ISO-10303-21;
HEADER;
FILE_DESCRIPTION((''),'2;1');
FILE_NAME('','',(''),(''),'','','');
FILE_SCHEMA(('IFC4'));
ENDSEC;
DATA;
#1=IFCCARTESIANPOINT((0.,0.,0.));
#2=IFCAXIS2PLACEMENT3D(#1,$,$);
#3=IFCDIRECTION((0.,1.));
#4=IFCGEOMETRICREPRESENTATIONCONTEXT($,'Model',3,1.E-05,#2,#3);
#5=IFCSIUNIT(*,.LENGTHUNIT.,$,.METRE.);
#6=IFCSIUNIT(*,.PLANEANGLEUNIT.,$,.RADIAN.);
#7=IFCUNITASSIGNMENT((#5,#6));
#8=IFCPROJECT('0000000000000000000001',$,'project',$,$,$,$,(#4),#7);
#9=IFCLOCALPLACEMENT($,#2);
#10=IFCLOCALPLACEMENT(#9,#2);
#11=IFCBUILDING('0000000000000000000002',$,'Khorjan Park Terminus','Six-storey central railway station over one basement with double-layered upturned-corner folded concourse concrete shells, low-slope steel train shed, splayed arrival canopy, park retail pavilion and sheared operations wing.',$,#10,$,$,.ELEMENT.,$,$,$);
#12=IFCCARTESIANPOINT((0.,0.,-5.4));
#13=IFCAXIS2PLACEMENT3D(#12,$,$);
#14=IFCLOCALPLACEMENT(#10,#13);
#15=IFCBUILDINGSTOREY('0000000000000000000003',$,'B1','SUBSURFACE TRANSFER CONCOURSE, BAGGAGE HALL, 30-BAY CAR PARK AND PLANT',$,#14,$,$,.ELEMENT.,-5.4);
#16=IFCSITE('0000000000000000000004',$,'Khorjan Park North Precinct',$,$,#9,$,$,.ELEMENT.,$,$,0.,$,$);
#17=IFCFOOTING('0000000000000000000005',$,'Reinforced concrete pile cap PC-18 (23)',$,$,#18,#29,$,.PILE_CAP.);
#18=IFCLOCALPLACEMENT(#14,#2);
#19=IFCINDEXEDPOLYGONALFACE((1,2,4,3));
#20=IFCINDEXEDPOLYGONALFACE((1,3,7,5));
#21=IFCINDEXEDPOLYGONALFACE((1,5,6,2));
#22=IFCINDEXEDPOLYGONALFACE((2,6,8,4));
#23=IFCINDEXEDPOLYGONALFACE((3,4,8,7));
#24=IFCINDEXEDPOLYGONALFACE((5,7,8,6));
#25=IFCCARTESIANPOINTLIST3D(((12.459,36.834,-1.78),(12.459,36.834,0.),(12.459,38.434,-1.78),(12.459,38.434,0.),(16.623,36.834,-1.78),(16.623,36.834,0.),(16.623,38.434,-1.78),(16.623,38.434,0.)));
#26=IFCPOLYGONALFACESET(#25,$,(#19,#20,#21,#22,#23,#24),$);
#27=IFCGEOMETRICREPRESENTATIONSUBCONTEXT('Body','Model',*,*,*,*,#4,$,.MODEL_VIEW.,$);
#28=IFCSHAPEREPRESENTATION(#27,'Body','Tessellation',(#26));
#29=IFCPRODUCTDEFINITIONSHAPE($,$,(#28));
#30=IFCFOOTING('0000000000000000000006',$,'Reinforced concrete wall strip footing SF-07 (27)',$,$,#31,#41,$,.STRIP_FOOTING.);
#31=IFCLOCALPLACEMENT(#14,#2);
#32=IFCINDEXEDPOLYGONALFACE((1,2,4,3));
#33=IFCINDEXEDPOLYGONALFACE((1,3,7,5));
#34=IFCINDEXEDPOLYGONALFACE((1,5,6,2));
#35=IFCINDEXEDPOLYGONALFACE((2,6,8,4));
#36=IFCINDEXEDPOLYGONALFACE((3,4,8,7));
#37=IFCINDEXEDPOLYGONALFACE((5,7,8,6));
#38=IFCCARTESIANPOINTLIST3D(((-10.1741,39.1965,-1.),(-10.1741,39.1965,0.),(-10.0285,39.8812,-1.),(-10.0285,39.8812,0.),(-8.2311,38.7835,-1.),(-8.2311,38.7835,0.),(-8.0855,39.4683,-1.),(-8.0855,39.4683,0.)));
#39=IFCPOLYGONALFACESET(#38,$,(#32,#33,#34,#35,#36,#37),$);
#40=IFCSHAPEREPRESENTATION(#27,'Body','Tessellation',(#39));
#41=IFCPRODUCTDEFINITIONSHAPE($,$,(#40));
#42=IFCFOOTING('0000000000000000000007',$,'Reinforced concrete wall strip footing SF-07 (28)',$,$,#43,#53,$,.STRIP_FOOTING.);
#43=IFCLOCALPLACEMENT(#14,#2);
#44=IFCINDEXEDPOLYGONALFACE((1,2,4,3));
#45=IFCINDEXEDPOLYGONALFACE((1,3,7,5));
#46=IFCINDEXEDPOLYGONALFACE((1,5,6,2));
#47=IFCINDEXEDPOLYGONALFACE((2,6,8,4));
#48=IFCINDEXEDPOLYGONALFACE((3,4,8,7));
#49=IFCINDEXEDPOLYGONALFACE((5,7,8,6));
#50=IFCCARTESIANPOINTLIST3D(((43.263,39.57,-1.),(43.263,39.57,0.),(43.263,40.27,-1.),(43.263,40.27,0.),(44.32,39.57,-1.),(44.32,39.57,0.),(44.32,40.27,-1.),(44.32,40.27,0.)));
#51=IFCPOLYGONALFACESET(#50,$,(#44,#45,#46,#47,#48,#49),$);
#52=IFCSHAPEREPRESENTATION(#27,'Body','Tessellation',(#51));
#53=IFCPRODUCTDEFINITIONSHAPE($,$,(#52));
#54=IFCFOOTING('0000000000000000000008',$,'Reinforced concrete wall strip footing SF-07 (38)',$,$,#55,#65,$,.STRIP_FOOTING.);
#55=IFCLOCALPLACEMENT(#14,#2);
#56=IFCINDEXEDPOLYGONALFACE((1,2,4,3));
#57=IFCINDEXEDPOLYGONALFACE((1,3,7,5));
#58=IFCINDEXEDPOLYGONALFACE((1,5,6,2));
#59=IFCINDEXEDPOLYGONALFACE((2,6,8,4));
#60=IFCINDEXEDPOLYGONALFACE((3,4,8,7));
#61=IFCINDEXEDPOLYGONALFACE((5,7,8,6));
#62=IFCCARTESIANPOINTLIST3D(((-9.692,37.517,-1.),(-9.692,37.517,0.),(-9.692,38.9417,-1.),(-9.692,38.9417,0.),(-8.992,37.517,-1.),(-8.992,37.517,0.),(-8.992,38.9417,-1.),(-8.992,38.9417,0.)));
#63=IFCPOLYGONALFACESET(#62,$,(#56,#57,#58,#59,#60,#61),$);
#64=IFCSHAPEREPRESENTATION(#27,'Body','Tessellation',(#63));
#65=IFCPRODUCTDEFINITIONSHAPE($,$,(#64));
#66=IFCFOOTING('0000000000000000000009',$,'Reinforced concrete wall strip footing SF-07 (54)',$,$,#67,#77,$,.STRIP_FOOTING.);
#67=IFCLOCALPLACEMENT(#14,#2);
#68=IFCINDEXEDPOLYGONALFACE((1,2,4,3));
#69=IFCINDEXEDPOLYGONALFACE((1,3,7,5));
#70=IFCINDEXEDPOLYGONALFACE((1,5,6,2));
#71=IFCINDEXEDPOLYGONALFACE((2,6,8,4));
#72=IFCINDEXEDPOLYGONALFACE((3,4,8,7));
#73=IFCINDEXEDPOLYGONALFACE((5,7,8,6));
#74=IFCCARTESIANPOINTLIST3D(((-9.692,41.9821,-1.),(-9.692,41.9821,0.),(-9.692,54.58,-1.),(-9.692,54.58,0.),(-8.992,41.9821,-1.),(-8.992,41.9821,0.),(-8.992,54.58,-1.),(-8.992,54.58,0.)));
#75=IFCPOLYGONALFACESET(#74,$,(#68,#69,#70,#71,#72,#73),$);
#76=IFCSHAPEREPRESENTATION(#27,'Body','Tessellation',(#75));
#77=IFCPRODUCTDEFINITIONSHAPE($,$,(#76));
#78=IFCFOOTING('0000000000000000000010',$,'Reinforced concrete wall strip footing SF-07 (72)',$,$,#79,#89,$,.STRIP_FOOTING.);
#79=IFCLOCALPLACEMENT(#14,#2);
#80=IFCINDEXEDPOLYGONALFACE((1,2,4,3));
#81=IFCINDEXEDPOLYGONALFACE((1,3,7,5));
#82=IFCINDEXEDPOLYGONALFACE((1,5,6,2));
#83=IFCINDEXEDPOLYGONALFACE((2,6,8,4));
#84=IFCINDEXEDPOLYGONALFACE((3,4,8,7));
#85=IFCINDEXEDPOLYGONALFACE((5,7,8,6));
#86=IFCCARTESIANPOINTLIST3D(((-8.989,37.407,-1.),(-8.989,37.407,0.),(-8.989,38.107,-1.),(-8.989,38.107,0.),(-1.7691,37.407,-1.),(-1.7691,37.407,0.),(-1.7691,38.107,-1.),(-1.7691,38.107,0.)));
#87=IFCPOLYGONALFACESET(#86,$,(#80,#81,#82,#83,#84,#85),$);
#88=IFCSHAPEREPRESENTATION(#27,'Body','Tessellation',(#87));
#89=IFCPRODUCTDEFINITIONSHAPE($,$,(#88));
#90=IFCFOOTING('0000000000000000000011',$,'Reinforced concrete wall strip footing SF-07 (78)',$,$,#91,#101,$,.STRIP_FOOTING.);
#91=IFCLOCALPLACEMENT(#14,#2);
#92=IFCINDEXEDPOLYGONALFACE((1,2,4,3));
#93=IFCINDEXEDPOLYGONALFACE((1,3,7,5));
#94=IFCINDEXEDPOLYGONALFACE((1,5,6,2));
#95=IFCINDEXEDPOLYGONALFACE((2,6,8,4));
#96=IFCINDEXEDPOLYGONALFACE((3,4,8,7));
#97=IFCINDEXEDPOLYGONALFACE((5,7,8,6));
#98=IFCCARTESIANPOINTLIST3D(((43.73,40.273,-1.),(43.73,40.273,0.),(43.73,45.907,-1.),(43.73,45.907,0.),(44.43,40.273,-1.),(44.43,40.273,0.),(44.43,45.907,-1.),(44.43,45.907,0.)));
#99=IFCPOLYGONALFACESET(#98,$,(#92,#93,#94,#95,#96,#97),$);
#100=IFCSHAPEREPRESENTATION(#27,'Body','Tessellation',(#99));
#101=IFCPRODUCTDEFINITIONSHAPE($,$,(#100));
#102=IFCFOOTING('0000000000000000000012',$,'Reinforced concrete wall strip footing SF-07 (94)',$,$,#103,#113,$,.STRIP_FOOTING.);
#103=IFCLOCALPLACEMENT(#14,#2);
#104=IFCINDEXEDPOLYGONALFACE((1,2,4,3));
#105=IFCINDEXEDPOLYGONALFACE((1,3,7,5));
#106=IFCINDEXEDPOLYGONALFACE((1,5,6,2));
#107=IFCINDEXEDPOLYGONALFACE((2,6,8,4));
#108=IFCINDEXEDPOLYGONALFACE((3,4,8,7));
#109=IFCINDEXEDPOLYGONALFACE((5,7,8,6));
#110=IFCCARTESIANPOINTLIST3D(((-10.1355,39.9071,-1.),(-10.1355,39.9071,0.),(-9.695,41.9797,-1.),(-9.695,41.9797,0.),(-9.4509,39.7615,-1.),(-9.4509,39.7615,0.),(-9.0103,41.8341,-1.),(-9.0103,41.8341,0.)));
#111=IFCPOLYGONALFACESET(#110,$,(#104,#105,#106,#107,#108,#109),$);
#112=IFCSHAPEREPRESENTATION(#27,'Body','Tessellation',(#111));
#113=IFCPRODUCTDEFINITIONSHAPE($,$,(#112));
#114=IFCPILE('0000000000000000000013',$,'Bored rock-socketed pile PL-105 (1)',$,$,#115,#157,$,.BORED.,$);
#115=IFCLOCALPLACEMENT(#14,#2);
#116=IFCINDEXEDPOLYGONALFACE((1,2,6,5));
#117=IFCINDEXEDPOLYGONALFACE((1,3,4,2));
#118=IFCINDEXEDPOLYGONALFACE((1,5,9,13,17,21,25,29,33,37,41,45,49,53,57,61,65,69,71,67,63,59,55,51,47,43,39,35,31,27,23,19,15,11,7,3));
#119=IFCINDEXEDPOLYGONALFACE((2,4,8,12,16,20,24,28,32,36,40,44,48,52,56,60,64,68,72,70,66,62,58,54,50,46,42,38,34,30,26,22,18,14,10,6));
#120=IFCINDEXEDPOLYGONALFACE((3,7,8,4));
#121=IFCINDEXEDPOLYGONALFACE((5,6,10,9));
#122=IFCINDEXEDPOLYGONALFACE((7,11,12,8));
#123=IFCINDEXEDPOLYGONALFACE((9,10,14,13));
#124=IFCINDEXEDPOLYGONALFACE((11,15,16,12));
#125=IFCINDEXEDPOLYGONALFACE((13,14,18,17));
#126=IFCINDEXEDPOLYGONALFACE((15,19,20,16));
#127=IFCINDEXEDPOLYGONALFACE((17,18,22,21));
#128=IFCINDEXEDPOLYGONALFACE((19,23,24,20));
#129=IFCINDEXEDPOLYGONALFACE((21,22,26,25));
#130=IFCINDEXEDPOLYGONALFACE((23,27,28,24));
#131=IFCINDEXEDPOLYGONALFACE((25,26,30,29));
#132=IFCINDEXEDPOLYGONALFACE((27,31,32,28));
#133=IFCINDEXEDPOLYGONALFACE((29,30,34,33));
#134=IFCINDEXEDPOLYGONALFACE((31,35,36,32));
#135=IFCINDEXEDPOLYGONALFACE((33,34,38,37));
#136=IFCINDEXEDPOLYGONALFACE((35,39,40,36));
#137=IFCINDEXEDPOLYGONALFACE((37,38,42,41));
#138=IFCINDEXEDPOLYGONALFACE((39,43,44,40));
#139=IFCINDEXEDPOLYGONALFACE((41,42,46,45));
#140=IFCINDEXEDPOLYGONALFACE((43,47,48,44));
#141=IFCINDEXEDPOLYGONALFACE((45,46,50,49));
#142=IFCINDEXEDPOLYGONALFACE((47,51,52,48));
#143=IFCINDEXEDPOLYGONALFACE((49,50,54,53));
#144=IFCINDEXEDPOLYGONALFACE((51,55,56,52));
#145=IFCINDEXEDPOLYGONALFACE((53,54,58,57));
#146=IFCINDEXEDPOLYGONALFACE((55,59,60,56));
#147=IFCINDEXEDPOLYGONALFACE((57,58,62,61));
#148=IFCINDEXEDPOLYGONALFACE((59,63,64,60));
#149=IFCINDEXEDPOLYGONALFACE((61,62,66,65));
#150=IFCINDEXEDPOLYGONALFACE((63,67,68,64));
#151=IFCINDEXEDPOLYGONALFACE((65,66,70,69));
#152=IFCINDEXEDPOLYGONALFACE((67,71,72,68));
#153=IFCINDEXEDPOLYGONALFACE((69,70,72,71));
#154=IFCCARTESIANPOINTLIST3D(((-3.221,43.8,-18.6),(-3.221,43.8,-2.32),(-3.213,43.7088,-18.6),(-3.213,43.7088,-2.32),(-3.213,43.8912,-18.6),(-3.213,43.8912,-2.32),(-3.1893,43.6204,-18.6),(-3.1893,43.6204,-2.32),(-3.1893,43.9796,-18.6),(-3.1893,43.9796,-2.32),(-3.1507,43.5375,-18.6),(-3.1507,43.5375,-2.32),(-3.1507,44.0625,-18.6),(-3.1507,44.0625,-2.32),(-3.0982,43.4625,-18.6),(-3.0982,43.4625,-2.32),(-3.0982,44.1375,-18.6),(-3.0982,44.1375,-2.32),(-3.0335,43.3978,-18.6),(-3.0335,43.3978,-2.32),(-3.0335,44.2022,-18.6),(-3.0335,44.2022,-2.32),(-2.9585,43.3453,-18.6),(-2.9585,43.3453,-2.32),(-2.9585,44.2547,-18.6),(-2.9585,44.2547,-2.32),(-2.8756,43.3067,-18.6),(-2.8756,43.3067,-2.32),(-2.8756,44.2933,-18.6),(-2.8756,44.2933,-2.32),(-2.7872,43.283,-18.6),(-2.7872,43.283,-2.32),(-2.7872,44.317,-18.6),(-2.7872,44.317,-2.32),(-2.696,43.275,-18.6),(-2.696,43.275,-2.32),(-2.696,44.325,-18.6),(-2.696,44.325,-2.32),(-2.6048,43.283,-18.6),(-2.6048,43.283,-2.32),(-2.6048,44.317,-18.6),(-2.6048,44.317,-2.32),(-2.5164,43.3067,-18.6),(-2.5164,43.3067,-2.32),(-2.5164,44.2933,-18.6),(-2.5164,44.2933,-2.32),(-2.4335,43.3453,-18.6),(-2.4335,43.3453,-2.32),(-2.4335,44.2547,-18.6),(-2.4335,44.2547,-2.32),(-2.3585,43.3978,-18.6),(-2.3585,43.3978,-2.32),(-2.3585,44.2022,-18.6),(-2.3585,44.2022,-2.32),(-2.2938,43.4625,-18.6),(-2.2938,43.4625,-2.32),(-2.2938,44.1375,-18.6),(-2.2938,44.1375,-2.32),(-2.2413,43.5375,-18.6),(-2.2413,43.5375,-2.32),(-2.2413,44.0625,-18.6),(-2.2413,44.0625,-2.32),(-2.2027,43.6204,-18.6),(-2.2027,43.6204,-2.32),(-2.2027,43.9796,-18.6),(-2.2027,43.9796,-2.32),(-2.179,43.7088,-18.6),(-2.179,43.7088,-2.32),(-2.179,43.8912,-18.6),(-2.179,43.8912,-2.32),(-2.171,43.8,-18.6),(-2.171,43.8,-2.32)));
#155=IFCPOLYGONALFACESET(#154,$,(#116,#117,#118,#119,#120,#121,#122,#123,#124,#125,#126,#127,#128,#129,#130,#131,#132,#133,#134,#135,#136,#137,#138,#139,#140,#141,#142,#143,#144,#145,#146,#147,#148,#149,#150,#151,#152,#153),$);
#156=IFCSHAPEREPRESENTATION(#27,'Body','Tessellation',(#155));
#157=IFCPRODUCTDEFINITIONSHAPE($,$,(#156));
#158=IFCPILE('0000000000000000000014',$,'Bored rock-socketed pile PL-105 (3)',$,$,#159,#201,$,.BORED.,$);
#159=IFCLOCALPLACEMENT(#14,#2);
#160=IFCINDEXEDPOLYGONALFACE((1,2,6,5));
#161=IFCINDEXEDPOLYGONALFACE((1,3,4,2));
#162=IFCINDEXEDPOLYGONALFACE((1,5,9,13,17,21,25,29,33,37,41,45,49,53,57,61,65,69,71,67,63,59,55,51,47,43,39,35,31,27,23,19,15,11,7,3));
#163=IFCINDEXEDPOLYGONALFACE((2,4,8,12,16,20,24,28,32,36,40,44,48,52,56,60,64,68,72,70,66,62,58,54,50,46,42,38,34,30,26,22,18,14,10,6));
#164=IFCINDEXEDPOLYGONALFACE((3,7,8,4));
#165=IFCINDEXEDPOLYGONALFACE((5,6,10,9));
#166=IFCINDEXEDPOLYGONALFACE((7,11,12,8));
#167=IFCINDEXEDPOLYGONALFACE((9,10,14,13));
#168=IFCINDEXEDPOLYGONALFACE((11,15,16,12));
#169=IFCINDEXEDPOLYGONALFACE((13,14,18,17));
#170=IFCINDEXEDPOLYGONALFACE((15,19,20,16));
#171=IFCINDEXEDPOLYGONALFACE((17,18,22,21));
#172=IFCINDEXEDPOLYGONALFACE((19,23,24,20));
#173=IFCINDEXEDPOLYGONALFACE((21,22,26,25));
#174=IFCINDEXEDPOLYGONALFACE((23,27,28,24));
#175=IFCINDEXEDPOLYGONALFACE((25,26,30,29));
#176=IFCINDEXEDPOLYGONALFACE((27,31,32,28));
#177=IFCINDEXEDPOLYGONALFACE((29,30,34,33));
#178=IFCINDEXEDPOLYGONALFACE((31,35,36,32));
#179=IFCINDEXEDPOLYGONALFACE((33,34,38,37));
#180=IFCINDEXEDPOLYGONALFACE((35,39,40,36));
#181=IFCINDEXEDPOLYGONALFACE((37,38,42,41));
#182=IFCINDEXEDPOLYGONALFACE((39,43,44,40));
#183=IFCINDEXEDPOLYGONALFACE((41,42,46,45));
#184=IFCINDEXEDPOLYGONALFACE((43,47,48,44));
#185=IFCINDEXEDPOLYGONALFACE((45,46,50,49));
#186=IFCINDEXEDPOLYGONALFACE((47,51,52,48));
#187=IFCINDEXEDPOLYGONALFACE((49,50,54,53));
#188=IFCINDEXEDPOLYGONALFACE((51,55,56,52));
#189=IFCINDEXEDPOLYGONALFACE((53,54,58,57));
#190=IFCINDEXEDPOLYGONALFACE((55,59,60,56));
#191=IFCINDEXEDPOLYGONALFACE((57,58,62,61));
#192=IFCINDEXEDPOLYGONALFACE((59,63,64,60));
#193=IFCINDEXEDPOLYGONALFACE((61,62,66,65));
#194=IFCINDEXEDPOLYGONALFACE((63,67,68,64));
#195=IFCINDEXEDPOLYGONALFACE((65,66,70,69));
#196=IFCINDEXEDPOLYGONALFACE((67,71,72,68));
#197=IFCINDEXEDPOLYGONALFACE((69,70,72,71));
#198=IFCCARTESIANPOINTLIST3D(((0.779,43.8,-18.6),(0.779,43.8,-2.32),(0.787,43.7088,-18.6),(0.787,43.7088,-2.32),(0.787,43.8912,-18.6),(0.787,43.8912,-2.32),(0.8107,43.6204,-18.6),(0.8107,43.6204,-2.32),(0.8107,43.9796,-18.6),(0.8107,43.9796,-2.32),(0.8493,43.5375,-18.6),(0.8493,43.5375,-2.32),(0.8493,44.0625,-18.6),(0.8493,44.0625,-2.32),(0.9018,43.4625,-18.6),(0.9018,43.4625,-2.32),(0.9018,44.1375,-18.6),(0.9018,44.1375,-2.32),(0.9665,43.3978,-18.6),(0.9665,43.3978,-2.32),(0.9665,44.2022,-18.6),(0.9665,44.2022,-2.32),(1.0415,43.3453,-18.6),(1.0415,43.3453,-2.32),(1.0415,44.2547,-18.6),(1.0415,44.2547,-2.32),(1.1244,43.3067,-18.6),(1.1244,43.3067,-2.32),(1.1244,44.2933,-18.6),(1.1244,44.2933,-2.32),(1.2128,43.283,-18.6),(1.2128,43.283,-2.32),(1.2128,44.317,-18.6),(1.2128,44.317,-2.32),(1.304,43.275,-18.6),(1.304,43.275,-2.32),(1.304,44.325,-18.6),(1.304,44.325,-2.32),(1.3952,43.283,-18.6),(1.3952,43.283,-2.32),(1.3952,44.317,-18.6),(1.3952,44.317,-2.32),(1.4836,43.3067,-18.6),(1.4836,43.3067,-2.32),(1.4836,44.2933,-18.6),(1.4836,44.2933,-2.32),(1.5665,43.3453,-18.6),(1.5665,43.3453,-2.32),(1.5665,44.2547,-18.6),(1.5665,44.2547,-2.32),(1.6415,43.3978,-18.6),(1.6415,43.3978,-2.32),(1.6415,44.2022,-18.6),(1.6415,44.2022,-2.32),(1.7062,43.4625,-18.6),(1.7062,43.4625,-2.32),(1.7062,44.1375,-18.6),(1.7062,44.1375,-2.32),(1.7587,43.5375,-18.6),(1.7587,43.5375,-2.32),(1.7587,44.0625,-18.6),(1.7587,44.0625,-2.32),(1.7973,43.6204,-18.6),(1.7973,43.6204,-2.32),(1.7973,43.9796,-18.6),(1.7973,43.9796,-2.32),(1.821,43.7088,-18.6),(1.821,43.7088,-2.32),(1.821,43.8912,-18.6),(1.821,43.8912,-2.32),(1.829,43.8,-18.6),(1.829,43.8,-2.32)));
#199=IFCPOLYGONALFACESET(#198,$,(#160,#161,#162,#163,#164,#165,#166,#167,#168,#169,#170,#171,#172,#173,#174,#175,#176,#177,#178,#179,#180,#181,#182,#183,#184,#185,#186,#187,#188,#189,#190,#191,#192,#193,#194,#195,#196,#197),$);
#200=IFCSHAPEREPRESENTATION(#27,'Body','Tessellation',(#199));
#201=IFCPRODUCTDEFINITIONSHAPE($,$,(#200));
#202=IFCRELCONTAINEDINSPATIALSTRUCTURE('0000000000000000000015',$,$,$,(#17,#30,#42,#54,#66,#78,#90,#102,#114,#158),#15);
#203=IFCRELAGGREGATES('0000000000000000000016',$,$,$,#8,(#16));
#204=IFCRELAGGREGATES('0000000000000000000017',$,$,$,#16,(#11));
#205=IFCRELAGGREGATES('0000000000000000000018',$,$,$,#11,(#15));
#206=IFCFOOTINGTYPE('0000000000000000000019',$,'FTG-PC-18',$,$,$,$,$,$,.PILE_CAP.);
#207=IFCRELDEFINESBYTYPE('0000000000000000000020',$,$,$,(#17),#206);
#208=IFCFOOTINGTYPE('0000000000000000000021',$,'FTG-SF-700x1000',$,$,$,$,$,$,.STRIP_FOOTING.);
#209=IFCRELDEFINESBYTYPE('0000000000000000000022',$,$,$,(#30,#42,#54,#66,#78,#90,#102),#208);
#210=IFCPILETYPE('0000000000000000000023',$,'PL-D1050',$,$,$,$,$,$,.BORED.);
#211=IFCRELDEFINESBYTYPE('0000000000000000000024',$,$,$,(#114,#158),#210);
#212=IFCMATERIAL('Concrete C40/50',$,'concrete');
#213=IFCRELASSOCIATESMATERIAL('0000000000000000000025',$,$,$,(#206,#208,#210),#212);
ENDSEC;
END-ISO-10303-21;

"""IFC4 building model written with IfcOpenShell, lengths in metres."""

from ifc_helpers import new_model, si_unit, direction, frame, origin, origin_2d, place, context, subcontext, project, spatial, rectangle, circle, extrude, material, material_profile, profile_set, type_object, element, save


model = new_model("IFC4")

# Units and contexts
model_context = context("Model", 3, precision=1e-05, world=origin(), true_north=direction((0.0, 1.0)))
body_context = subcontext(model_context, "Body", "Model", "MODEL_VIEW")
ifc_project = project(units=[si_unit("LENGTHUNIT", "METRE"), si_unit("PLANEANGLEUNIT", "RADIAN")], contexts=[model_context])

# Site, building, storey
site_placement = place(None, origin())
site = spatial("IfcSite", under=ifc_project, at=site_placement, Name="Khorjan Park North Precinct", CompositionType="ELEMENT", RefElevation=0.0)
building_placement = place(site_placement, origin())
building = spatial("IfcBuilding", under=site, at=building_placement, Name="Khorjan Park Terminus", Description="Six-storey central railway station over one basement with double-layered upturned-corner folded concourse concrete shells, low-slope steel train shed, splayed arrival canopy, park retail pavilion and sheared operations wing.", CompositionType="ELEMENT")
storey_placement = place(building_placement, frame((0.0, 0.0, -5.4)))
storey = spatial("IfcBuildingStorey", under=building, at=storey_placement, Name="B1", Description="SUBSURFACE TRANSFER CONCOURSE, BAGGAGE HALL, 30-BAY CAR PARK AND PLANT", CompositionType="ELEMENT", Elevation=-5.4)

# Footings
ifc_material_1 = material(Name="Concrete C40/50", Category="concrete")
footing_type_1 = type_object("IfcFootingType", Name="FTG-PC-18", PredefinedType="PILE_CAP", material=ifc_material_1)
footing_1_placement = place(storey_placement, frame((14.541, 37.634, -1.78), z_axis=(0.0, 0.0, 1.0), x_axis=(1.0, 0.0, 0.0)))
element("IfcFooting", 1, at=footing_1_placement, inside=storey, type_object=footing_type_1, Name="Reinforced concrete pile cap PC-18 (23)", PredefinedType="PILE_CAP", context=body_context, shape_type="SweptSolid", body=[
    extrude(rectangle(XDim=4.164, YDim=1.6, at=origin_2d()), origin(), (0.0, 0.0, 1.0), 1.78),
])
ifc_material_profile_1 = material_profile(ifc_material_1, rectangle(XDim=0.7, YDim=1.0, at=origin_2d()), Name="RC 700x1000")
ifc_profile_set_1 = profile_set([ifc_material_profile_1], Name="Concrete C40/50")
footing_type_2 = type_object("IfcFootingType", Name="FTG-SF-700x1000", PredefinedType="STRIP_FOOTING", material=ifc_profile_set_1)
footing_2_placement = place(storey_placement, frame((-8.1583, 39.1259, -0.5), z_axis=(-0.978147, 0.207913, 0.0), x_axis=(-0.207913, -0.978147, 0.0)))
element("IfcFooting", 2, at=footing_2_placement, inside=storey, type_object=footing_type_2, Name="Reinforced concrete wall strip footing SF-07 (27)", PredefinedType="STRIP_FOOTING", context=body_context, shape_type="SweptSolid", body=[
    extrude(rectangle(XDim=0.7, YDim=1.0, at=origin_2d()), origin(), (0.0, 0.0, 1.0), 1.9864),
])
footing_3_placement = place(storey_placement, frame((43.263, 39.92, -0.5), z_axis=(1.0, 0.0, 0.0), x_axis=(0.0, 1.0, 0.0)))
element("IfcFooting", 3, at=footing_3_placement, inside=storey, type_object=footing_type_2, Name="Reinforced concrete wall strip footing SF-07 (28)", PredefinedType="STRIP_FOOTING", context=body_context, shape_type="SweptSolid", body=[
    extrude(rectangle(XDim=0.7, YDim=1.0, at=origin_2d()), origin(), (0.0, 0.0, 1.0), 1.057),
])
footing_4_placement = place(storey_placement, frame((-9.342, 37.517, -0.5), z_axis=(0.0, 1.0, 0.0), x_axis=(-1.0, 0.0, 0.0)))
element("IfcFooting", 4, at=footing_4_placement, inside=storey, type_object=footing_type_2, Name="Reinforced concrete wall strip footing SF-07 (38)", PredefinedType="STRIP_FOOTING", context=body_context, shape_type="SweptSolid", body=[
    extrude(rectangle(XDim=0.7, YDim=1.0, at=origin_2d()), origin(), (0.0, 0.0, 1.0), 1.4247),
])
footing_5_placement = place(storey_placement, frame((-9.342, 41.9821, -0.5), z_axis=(0.0, 1.0, 0.0), x_axis=(-1.0, 0.0, 0.0)))
element("IfcFooting", 5, at=footing_5_placement, inside=storey, type_object=footing_type_2, Name="Reinforced concrete wall strip footing SF-07 (54)", PredefinedType="STRIP_FOOTING", context=body_context, shape_type="SweptSolid", body=[
    extrude(rectangle(XDim=0.7, YDim=1.0, at=origin_2d()), origin(), (0.0, 0.0, 1.0), 12.5979),
])
footing_6_placement = place(storey_placement, frame((-1.7691, 37.757, -0.5), z_axis=(-1.0, 0.0, 0.0), x_axis=(0.0, -1.0, 0.0)))
element("IfcFooting", 6, at=footing_6_placement, inside=storey, type_object=footing_type_2, Name="Reinforced concrete wall strip footing SF-07 (72)", PredefinedType="STRIP_FOOTING", context=body_context, shape_type="SweptSolid", body=[
    extrude(rectangle(XDim=0.7, YDim=1.0, at=origin_2d()), origin(), (0.0, 0.0, 1.0), 7.2199),
])
footing_7_placement = place(storey_placement, frame((44.08, 40.273, -0.5), z_axis=(0.0, 1.0, 0.0), x_axis=(-1.0, 0.0, 0.0)))
element("IfcFooting", 7, at=footing_7_placement, inside=storey, type_object=footing_type_2, Name="Reinforced concrete wall strip footing SF-07 (78)", PredefinedType="STRIP_FOOTING", context=body_context, shape_type="SweptSolid", body=[
    extrude(rectangle(XDim=0.7, YDim=1.0, at=origin_2d()), origin(), (0.0, 0.0, 1.0), 5.634),
])
footing_8_placement = place(storey_placement, frame((-9.7932, 39.8343, -0.5), z_axis=(0.207937, 0.978142, 0.0), x_axis=(-0.978142, 0.207937, 0.0)))
element("IfcFooting", 8, at=footing_8_placement, inside=storey, type_object=footing_type_2, Name="Reinforced concrete wall strip footing SF-07 (94)", PredefinedType="STRIP_FOOTING", context=body_context, shape_type="SweptSolid", body=[
    extrude(rectangle(XDim=0.7, YDim=1.0, at=origin_2d()), origin(), (0.0, 0.0, 1.0), 2.1189),
])

# Piles
ifc_material_profile_2 = material_profile(ifc_material_1, circle(Radius=0.525, at=origin_2d()), Name="BORED D1050")
ifc_profile_set_2 = profile_set([ifc_material_profile_2], Name="Concrete C40/50")
pile_type_1 = type_object("IfcPileType", Name="PL-D1050", PredefinedType="BORED", material=ifc_profile_set_2)
for number, where, z_axis, x_axis, name in (
    (9, (-2.696, 43.8, -2.32), (0.0, 0.0, -1.0), (1.0, 0.0, 0.0), "Bored rock-socketed pile PL-105 (1)"),
    (10, (1.304, 43.8, -2.32), (0.0, 0.0, -1.0), (1.0, 0.0, 0.0), "Bored rock-socketed pile PL-105 (3)"),
):
    element("IfcPile", number, at=place(storey_placement, frame(where, z_axis=z_axis, x_axis=x_axis)), inside=storey, type_object=pile_type_1, Name=name, PredefinedType="BORED", context=body_context, shape_type="SweptSolid", body=[
        extrude(circle(Radius=0.525, at=origin_2d()), origin(), (0.0, 0.0, 1.0), 16.28),
    ])

save(model, "model.ifc")
